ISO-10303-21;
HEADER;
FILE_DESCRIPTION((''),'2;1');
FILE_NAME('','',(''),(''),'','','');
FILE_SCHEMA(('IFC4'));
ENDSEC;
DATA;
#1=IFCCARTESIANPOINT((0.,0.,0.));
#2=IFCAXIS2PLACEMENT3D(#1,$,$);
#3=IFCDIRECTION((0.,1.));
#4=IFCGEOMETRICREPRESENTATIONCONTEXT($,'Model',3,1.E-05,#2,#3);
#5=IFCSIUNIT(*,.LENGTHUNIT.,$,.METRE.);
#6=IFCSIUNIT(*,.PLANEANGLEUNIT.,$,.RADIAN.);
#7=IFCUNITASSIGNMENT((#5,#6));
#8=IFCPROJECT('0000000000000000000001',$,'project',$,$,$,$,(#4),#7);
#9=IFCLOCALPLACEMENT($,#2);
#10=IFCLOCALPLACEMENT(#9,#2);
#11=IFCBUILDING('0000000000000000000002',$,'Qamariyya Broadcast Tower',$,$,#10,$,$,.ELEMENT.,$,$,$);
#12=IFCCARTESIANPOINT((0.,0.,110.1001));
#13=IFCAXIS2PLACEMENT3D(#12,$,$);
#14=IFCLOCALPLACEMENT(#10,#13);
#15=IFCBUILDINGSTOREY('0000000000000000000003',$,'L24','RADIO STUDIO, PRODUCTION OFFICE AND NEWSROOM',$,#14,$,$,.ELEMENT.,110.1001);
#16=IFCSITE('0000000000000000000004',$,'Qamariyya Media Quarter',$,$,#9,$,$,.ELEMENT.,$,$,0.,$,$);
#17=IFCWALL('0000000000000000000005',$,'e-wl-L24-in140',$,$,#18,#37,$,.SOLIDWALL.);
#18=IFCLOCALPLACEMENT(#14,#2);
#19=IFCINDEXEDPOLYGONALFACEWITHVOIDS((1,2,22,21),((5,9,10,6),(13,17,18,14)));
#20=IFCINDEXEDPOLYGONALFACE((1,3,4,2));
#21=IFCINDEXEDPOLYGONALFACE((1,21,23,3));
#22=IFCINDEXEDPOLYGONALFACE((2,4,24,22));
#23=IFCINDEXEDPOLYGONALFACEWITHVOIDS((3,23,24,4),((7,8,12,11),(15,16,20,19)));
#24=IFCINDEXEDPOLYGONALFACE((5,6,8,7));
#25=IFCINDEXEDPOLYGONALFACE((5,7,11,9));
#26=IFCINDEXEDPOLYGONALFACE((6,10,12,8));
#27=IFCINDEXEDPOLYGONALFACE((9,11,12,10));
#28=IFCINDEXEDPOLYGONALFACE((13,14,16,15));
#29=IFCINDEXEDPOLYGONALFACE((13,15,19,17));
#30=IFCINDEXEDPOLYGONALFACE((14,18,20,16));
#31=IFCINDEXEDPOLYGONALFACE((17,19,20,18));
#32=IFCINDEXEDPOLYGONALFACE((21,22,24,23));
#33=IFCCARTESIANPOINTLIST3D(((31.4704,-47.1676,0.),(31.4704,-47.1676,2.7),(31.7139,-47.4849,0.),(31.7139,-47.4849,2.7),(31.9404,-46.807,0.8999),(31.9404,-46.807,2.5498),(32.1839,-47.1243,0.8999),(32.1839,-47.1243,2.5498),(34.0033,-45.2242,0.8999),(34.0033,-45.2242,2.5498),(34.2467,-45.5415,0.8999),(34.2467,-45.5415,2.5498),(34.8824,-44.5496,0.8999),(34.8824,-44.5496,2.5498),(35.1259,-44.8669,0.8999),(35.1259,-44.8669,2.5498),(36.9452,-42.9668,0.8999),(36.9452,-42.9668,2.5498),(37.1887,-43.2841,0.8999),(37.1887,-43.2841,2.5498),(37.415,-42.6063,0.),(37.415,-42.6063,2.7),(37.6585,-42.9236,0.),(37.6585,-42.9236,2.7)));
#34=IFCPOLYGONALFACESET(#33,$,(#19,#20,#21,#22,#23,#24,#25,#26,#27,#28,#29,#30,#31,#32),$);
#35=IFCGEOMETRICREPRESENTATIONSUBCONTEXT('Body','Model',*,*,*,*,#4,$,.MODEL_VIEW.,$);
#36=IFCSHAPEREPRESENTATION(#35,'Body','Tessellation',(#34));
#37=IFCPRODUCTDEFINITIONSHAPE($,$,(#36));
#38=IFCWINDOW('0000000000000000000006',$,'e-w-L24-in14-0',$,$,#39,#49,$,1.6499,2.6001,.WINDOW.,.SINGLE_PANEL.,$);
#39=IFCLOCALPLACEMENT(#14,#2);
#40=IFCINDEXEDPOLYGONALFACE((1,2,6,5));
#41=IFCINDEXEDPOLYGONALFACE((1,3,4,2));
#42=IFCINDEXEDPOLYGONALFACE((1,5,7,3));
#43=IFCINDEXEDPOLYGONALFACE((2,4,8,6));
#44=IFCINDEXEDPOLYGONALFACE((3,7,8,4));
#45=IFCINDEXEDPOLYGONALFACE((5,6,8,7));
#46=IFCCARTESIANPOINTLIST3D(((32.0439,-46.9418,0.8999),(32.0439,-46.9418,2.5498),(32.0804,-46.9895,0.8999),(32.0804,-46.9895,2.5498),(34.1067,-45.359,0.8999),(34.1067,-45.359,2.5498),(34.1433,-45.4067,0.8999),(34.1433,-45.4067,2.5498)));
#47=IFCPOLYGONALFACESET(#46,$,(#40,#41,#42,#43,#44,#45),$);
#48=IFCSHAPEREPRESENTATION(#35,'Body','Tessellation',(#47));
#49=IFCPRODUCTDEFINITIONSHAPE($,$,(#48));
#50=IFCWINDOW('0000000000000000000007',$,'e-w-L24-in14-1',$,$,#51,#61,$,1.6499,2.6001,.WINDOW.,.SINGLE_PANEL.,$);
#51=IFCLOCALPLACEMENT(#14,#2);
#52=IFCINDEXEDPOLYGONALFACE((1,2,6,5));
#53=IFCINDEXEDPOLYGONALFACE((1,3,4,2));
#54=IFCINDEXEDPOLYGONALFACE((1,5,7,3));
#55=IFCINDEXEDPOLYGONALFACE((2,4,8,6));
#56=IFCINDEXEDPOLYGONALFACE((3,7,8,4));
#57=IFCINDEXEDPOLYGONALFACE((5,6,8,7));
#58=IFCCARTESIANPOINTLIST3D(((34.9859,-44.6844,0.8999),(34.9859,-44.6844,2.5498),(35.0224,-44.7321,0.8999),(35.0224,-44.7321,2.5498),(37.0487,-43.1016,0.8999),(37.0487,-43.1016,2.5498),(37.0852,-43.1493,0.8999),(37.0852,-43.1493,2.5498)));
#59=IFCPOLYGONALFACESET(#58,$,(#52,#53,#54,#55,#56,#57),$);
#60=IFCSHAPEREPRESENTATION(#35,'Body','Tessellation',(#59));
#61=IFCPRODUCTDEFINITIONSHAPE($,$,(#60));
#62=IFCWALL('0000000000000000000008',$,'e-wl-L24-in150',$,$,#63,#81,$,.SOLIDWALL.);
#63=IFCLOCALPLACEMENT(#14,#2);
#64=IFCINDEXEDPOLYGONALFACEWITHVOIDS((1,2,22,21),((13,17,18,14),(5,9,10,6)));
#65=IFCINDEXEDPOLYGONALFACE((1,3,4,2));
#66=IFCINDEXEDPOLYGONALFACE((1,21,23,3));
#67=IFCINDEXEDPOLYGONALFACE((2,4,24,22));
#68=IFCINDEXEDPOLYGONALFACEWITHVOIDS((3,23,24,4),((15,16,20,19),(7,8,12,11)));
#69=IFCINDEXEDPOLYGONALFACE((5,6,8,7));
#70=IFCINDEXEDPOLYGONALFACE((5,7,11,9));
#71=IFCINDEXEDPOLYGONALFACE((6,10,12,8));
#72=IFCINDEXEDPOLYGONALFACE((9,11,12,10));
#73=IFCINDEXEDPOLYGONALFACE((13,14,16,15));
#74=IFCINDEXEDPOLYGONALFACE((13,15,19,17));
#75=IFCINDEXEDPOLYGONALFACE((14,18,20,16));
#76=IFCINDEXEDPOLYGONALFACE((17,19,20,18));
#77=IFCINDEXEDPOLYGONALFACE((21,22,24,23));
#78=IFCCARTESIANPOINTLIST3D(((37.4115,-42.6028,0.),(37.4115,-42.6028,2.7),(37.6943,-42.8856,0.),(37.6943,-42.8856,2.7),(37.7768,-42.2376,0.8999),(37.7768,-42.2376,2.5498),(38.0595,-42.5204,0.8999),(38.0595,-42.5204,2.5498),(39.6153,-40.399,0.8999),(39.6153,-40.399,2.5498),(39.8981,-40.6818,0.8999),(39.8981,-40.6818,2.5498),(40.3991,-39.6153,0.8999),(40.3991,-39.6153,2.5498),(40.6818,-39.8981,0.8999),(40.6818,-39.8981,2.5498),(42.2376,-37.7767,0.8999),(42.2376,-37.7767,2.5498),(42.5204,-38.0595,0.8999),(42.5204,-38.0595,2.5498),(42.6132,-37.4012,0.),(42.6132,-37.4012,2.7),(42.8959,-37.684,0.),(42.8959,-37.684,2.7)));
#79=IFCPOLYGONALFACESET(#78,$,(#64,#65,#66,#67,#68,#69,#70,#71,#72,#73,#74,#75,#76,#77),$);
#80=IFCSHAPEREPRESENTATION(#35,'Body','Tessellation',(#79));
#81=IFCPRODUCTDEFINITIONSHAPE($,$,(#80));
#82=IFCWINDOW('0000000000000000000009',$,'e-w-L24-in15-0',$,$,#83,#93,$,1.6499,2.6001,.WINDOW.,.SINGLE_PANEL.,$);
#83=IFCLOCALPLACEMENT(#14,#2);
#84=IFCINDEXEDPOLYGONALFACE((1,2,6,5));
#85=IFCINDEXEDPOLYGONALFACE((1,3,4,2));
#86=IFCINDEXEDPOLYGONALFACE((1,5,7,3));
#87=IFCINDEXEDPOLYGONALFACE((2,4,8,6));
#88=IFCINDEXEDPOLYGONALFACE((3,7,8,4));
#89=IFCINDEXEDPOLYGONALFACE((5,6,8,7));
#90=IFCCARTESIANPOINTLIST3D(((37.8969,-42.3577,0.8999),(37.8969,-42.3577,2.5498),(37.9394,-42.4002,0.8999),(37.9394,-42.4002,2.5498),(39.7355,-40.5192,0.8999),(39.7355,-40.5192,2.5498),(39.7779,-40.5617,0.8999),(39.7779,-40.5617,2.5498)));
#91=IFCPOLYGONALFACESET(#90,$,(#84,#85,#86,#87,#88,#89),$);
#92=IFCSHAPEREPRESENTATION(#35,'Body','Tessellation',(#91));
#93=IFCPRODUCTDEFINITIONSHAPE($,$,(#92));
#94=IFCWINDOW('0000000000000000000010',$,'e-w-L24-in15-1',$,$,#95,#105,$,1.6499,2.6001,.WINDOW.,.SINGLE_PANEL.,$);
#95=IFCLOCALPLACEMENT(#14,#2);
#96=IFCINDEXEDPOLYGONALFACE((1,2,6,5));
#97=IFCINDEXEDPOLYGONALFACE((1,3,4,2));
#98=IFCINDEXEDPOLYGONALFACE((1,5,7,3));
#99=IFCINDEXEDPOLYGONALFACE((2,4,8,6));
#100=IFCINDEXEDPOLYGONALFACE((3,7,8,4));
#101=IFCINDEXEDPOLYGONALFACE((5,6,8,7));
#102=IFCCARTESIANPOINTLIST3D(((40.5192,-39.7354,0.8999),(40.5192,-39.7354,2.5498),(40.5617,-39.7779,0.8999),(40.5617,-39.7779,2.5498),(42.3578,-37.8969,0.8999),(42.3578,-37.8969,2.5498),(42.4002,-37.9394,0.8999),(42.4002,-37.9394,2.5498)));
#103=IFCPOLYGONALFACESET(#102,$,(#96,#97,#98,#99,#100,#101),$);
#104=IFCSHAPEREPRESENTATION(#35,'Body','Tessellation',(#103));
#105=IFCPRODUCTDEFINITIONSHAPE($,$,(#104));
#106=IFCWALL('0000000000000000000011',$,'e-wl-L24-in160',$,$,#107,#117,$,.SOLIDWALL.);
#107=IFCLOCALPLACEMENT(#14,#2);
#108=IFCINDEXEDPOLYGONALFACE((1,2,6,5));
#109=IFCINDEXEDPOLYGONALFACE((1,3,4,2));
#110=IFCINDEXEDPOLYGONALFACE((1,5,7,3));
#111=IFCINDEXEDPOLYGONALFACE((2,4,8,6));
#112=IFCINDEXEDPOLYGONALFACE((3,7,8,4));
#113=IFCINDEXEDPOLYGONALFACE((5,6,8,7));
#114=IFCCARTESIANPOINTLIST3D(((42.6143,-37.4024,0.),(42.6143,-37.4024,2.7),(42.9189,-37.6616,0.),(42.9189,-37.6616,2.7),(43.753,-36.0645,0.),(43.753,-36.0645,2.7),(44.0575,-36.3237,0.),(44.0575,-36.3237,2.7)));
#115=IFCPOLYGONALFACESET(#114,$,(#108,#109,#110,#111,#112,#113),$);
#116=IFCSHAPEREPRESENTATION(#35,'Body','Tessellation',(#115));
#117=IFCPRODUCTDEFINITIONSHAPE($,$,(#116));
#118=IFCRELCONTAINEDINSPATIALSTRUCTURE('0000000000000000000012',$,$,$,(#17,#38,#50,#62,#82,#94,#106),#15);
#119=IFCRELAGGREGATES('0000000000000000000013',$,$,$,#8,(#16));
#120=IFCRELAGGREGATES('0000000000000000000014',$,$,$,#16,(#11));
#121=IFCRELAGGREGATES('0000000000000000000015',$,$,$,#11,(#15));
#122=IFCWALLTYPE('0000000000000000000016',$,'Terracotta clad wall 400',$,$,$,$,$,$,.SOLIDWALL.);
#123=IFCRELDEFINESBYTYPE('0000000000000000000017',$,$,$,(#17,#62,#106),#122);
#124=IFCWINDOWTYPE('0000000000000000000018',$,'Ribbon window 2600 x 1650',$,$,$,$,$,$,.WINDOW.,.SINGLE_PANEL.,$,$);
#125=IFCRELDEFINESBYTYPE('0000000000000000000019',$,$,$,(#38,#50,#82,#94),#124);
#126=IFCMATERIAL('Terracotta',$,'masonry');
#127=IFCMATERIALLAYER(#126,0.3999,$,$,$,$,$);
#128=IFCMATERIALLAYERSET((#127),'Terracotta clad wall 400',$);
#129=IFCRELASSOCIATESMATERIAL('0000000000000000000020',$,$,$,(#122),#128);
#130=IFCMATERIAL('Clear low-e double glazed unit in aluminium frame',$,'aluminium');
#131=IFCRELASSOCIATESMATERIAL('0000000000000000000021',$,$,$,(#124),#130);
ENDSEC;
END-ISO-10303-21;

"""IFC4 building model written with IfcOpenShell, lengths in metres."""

from ifc_helpers import new_model, si_unit, direction, frame, frame_2d, origin, place, context, subcontext, project, spatial, rectangle, extrude, material, layer, layer_set, type_object, element, fill, save


model = new_model("IFC4")

# Units and contexts
model_context = context("Model", 3, precision=1e-05, world=origin(), true_north=direction((0.0, 1.0)))
body_context = subcontext(model_context, "Body", "Model", "MODEL_VIEW")
ifc_project = project(units=[si_unit("LENGTHUNIT", "METRE"), si_unit("PLANEANGLEUNIT", "RADIAN")], contexts=[model_context])

# Site, building, storey
site_placement = place(None, origin())
site = spatial("IfcSite", under=ifc_project, at=site_placement, Name="Qamariyya Media Quarter", CompositionType="ELEMENT", RefElevation=0.0)
building_placement = place(site_placement, origin())
building = spatial("IfcBuilding", under=site, at=building_placement, Name="Qamariyya Broadcast Tower", CompositionType="ELEMENT")
storey_placement = place(building_placement, frame((0.0, 0.0, 110.1001)))
storey = spatial("IfcBuildingStorey", under=building, at=storey_placement, Name="L24", Description="RADIO STUDIO, PRODUCTION OFFICE AND NEWSROOM", CompositionType="ELEMENT", Elevation=110.1001)

# Walls, openings, windows
ifc_material_1 = material(Name="Terracotta", Category="masonry")
ifc_layer_1 = layer(ifc_material_1, 0.3999)
ifc_layer_set_1 = layer_set([ifc_layer_1], Name="Terracotta clad wall 400")
wall_type_1 = type_object("IfcWallType", Name="Terracotta clad wall 400", PredefinedType="SOLIDWALL", material=ifc_layer_set_1)
wall_1_placement = place(storey_placement, frame((37.5369, -42.7649, 0.0), z_axis=(0.0, 0.0, 1.0), x_axis=(-0.793363, -0.608748, 0.0)))
wall_1 = element("IfcWall", 1, at=wall_1_placement, inside=storey, type_object=wall_type_1, Name="e-wl-L24-in140", PredefinedType="SOLIDWALL", context=body_context, shape_type="SweptSolid", body=[
    extrude(rectangle(XDim=7.4929, YDim=0.3999, at=frame_2d((3.7466, 0.0))), origin(), (0.0, 0.0, 1.0), 2.7),
])
opening_1_placement = place(wall_1_placement, frame((4.3005, 0.0, 0.8999)))
opening_1 = element("IfcOpeningElement", 2, at=opening_1_placement, cuts=wall_1, PredefinedType="OPENING", context=body_context, shape_type="SweptSolid", body=[
    extrude(rectangle(XDim=2.6001, YDim=1.6499, at=frame_2d((1.3, 0.825))), frame((0.0, 0.21, 0.0), z_axis=(0.0, -1.0, 0.0), x_axis=(1.0, 0.0, 0.0)), (0.0, 0.0, 1.0), 0.4199),
])
opening_2_placement = place(wall_1_placement, frame((0.5923, 0.0, 0.8999)))
opening_2 = element("IfcOpeningElement", 3, at=opening_2_placement, cuts=wall_1, PredefinedType="OPENING", context=body_context, shape_type="SweptSolid", body=[
    extrude(rectangle(XDim=2.6001, YDim=1.6499, at=frame_2d((1.3, 0.825))), frame((0.0, 0.21, 0.0), z_axis=(0.0, -1.0, 0.0), x_axis=(1.0, 0.0, 0.0)), (0.0, 0.0, 1.0), 0.4199),
])
ifc_material_2 = material(Name="Clear low-e double glazed unit in aluminium frame", Category="aluminium")
window_type = type_object("IfcWindowType", Name="Ribbon window 2600 x 1650", PartitioningType="SINGLE_PANEL", PredefinedType="WINDOW", material=ifc_material_2)
window_1_placement = place(opening_1_placement, origin())
window_1 = element("IfcWindow", 4, at=window_1_placement, inside=storey, type_object=window_type, Name="e-w-L24-in14-0", OverallHeight=1.6499, OverallWidth=2.6001, PartitioningType="SINGLE_PANEL", PredefinedType="WINDOW", context=body_context, shape_type="SweptSolid", body=[
    extrude(rectangle(XDim=2.6001, YDim=1.6499, at=frame_2d((1.3, 0.825))), frame((0.0, 0.03, 0.0), z_axis=(0.0, -1.0, 0.0), x_axis=(1.0, 0.0, 0.0)), (0.0, 0.0, 1.0), 0.0601),
])
fill(opening_1, window_1)
window_2_placement = place(opening_2_placement, origin())
window_2 = element("IfcWindow", 5, at=window_2_placement, inside=storey, type_object=window_type, Name="e-w-L24-in14-1", OverallHeight=1.6499, OverallWidth=2.6001, PartitioningType="SINGLE_PANEL", PredefinedType="WINDOW", context=body_context, shape_type="SweptSolid", body=[
    extrude(rectangle(XDim=2.6001, YDim=1.6499, at=frame_2d((1.3, 0.825))), frame((0.0, 0.03, 0.0), z_axis=(0.0, -1.0, 0.0), x_axis=(1.0, 0.0, 0.0)), (0.0, 0.0, 1.0), 0.0601),
])
fill(opening_2, window_2)
wall_2_placement = place(storey_placement, frame((42.7546, -37.5425, 0.0), z_axis=(0.0, 0.0, 1.0), x_axis=(-0.707107, -0.707107, 0.0)))
wall_2 = element("IfcWall", 6, at=wall_2_placement, inside=storey, type_object=wall_type_1, Name="e-wl-L24-in150", PredefinedType="SOLIDWALL", context=body_context, shape_type="SweptSolid", body=[
    extrude(rectangle(XDim=7.3562, YDim=0.3999, at=frame_2d((3.6782, 0.0))), origin(), (0.0, 0.0, 1.0), 2.7),
])
opening_3_placement = place(wall_2_placement, frame((4.2397, 0.0, 0.8999)))
opening_3 = element("IfcOpeningElement", 7, at=opening_3_placement, cuts=wall_2, PredefinedType="OPENING", context=body_context, shape_type="SweptSolid", body=[
    extrude(rectangle(XDim=2.6001, YDim=1.6499, at=frame_2d((1.3, 0.825))), frame((0.0, 0.21, 0.0), z_axis=(0.0, -1.0, 0.0), x_axis=(1.0, 0.0, 0.0)), (0.0, 0.0, 1.0), 0.4199),
])
opening_4_placement = place(wall_2_placement, frame((0.5312, 0.0, 0.8999)))
opening_4 = element("IfcOpeningElement", 8, at=opening_4_placement, cuts=wall_2, PredefinedType="OPENING", context=body_context, shape_type="SweptSolid", body=[
    extrude(rectangle(XDim=2.6001, YDim=1.6499, at=frame_2d((1.3, 0.825))), frame((0.0, 0.21, 0.0), z_axis=(0.0, -1.0, 0.0), x_axis=(1.0, 0.0, 0.0)), (0.0, 0.0, 1.0), 0.4199),
])
window_3_placement = place(opening_3_placement, origin())
window_3 = element("IfcWindow", 9, at=window_3_placement, inside=storey, type_object=window_type, Name="e-w-L24-in15-0", OverallHeight=1.6499, OverallWidth=2.6001, PartitioningType="SINGLE_PANEL", PredefinedType="WINDOW", context=body_context, shape_type="SweptSolid", body=[
    extrude(rectangle(XDim=2.6001, YDim=1.6499, at=frame_2d((1.3, 0.825))), frame((0.0, 0.03, 0.0), z_axis=(0.0, -1.0, 0.0), x_axis=(1.0, 0.0, 0.0)), (0.0, 0.0, 1.0), 0.0601),
])
fill(opening_3, window_3)
window_4_placement = place(opening_4_placement, origin())
window_4 = element("IfcWindow", 10, at=window_4_placement, inside=storey, type_object=window_type, Name="e-w-L24-in15-1", OverallHeight=1.6499, OverallWidth=2.6001, PartitioningType="SINGLE_PANEL", PredefinedType="WINDOW", context=body_context, shape_type="SweptSolid", body=[
    extrude(rectangle(XDim=2.6001, YDim=1.6499, at=frame_2d((1.3, 0.825))), frame((0.0, 0.03, 0.0), z_axis=(0.0, -1.0, 0.0), x_axis=(1.0, 0.0, 0.0)), (0.0, 0.0, 1.0), 0.0601),
])
fill(opening_4, window_4)

# Wall
wall_3_placement = place(storey_placement, frame((43.9053, -36.1941, 0.0), z_axis=(0.0, 0.0, 1.0), x_axis=(-0.648132, -0.761528, 0.0)))
element("IfcWall", 11, at=wall_3_placement, inside=storey, type_object=wall_type_1, Name="e-wl-L24-in160", PredefinedType="SOLIDWALL", context=body_context, shape_type="SweptSolid", body=[
    extrude(rectangle(XDim=1.7568, YDim=0.3999, at=frame_2d((0.8784, 0.0))), origin(), (0.0, 0.0, 1.0), 2.7),
])

save(model, "model.ifc")
